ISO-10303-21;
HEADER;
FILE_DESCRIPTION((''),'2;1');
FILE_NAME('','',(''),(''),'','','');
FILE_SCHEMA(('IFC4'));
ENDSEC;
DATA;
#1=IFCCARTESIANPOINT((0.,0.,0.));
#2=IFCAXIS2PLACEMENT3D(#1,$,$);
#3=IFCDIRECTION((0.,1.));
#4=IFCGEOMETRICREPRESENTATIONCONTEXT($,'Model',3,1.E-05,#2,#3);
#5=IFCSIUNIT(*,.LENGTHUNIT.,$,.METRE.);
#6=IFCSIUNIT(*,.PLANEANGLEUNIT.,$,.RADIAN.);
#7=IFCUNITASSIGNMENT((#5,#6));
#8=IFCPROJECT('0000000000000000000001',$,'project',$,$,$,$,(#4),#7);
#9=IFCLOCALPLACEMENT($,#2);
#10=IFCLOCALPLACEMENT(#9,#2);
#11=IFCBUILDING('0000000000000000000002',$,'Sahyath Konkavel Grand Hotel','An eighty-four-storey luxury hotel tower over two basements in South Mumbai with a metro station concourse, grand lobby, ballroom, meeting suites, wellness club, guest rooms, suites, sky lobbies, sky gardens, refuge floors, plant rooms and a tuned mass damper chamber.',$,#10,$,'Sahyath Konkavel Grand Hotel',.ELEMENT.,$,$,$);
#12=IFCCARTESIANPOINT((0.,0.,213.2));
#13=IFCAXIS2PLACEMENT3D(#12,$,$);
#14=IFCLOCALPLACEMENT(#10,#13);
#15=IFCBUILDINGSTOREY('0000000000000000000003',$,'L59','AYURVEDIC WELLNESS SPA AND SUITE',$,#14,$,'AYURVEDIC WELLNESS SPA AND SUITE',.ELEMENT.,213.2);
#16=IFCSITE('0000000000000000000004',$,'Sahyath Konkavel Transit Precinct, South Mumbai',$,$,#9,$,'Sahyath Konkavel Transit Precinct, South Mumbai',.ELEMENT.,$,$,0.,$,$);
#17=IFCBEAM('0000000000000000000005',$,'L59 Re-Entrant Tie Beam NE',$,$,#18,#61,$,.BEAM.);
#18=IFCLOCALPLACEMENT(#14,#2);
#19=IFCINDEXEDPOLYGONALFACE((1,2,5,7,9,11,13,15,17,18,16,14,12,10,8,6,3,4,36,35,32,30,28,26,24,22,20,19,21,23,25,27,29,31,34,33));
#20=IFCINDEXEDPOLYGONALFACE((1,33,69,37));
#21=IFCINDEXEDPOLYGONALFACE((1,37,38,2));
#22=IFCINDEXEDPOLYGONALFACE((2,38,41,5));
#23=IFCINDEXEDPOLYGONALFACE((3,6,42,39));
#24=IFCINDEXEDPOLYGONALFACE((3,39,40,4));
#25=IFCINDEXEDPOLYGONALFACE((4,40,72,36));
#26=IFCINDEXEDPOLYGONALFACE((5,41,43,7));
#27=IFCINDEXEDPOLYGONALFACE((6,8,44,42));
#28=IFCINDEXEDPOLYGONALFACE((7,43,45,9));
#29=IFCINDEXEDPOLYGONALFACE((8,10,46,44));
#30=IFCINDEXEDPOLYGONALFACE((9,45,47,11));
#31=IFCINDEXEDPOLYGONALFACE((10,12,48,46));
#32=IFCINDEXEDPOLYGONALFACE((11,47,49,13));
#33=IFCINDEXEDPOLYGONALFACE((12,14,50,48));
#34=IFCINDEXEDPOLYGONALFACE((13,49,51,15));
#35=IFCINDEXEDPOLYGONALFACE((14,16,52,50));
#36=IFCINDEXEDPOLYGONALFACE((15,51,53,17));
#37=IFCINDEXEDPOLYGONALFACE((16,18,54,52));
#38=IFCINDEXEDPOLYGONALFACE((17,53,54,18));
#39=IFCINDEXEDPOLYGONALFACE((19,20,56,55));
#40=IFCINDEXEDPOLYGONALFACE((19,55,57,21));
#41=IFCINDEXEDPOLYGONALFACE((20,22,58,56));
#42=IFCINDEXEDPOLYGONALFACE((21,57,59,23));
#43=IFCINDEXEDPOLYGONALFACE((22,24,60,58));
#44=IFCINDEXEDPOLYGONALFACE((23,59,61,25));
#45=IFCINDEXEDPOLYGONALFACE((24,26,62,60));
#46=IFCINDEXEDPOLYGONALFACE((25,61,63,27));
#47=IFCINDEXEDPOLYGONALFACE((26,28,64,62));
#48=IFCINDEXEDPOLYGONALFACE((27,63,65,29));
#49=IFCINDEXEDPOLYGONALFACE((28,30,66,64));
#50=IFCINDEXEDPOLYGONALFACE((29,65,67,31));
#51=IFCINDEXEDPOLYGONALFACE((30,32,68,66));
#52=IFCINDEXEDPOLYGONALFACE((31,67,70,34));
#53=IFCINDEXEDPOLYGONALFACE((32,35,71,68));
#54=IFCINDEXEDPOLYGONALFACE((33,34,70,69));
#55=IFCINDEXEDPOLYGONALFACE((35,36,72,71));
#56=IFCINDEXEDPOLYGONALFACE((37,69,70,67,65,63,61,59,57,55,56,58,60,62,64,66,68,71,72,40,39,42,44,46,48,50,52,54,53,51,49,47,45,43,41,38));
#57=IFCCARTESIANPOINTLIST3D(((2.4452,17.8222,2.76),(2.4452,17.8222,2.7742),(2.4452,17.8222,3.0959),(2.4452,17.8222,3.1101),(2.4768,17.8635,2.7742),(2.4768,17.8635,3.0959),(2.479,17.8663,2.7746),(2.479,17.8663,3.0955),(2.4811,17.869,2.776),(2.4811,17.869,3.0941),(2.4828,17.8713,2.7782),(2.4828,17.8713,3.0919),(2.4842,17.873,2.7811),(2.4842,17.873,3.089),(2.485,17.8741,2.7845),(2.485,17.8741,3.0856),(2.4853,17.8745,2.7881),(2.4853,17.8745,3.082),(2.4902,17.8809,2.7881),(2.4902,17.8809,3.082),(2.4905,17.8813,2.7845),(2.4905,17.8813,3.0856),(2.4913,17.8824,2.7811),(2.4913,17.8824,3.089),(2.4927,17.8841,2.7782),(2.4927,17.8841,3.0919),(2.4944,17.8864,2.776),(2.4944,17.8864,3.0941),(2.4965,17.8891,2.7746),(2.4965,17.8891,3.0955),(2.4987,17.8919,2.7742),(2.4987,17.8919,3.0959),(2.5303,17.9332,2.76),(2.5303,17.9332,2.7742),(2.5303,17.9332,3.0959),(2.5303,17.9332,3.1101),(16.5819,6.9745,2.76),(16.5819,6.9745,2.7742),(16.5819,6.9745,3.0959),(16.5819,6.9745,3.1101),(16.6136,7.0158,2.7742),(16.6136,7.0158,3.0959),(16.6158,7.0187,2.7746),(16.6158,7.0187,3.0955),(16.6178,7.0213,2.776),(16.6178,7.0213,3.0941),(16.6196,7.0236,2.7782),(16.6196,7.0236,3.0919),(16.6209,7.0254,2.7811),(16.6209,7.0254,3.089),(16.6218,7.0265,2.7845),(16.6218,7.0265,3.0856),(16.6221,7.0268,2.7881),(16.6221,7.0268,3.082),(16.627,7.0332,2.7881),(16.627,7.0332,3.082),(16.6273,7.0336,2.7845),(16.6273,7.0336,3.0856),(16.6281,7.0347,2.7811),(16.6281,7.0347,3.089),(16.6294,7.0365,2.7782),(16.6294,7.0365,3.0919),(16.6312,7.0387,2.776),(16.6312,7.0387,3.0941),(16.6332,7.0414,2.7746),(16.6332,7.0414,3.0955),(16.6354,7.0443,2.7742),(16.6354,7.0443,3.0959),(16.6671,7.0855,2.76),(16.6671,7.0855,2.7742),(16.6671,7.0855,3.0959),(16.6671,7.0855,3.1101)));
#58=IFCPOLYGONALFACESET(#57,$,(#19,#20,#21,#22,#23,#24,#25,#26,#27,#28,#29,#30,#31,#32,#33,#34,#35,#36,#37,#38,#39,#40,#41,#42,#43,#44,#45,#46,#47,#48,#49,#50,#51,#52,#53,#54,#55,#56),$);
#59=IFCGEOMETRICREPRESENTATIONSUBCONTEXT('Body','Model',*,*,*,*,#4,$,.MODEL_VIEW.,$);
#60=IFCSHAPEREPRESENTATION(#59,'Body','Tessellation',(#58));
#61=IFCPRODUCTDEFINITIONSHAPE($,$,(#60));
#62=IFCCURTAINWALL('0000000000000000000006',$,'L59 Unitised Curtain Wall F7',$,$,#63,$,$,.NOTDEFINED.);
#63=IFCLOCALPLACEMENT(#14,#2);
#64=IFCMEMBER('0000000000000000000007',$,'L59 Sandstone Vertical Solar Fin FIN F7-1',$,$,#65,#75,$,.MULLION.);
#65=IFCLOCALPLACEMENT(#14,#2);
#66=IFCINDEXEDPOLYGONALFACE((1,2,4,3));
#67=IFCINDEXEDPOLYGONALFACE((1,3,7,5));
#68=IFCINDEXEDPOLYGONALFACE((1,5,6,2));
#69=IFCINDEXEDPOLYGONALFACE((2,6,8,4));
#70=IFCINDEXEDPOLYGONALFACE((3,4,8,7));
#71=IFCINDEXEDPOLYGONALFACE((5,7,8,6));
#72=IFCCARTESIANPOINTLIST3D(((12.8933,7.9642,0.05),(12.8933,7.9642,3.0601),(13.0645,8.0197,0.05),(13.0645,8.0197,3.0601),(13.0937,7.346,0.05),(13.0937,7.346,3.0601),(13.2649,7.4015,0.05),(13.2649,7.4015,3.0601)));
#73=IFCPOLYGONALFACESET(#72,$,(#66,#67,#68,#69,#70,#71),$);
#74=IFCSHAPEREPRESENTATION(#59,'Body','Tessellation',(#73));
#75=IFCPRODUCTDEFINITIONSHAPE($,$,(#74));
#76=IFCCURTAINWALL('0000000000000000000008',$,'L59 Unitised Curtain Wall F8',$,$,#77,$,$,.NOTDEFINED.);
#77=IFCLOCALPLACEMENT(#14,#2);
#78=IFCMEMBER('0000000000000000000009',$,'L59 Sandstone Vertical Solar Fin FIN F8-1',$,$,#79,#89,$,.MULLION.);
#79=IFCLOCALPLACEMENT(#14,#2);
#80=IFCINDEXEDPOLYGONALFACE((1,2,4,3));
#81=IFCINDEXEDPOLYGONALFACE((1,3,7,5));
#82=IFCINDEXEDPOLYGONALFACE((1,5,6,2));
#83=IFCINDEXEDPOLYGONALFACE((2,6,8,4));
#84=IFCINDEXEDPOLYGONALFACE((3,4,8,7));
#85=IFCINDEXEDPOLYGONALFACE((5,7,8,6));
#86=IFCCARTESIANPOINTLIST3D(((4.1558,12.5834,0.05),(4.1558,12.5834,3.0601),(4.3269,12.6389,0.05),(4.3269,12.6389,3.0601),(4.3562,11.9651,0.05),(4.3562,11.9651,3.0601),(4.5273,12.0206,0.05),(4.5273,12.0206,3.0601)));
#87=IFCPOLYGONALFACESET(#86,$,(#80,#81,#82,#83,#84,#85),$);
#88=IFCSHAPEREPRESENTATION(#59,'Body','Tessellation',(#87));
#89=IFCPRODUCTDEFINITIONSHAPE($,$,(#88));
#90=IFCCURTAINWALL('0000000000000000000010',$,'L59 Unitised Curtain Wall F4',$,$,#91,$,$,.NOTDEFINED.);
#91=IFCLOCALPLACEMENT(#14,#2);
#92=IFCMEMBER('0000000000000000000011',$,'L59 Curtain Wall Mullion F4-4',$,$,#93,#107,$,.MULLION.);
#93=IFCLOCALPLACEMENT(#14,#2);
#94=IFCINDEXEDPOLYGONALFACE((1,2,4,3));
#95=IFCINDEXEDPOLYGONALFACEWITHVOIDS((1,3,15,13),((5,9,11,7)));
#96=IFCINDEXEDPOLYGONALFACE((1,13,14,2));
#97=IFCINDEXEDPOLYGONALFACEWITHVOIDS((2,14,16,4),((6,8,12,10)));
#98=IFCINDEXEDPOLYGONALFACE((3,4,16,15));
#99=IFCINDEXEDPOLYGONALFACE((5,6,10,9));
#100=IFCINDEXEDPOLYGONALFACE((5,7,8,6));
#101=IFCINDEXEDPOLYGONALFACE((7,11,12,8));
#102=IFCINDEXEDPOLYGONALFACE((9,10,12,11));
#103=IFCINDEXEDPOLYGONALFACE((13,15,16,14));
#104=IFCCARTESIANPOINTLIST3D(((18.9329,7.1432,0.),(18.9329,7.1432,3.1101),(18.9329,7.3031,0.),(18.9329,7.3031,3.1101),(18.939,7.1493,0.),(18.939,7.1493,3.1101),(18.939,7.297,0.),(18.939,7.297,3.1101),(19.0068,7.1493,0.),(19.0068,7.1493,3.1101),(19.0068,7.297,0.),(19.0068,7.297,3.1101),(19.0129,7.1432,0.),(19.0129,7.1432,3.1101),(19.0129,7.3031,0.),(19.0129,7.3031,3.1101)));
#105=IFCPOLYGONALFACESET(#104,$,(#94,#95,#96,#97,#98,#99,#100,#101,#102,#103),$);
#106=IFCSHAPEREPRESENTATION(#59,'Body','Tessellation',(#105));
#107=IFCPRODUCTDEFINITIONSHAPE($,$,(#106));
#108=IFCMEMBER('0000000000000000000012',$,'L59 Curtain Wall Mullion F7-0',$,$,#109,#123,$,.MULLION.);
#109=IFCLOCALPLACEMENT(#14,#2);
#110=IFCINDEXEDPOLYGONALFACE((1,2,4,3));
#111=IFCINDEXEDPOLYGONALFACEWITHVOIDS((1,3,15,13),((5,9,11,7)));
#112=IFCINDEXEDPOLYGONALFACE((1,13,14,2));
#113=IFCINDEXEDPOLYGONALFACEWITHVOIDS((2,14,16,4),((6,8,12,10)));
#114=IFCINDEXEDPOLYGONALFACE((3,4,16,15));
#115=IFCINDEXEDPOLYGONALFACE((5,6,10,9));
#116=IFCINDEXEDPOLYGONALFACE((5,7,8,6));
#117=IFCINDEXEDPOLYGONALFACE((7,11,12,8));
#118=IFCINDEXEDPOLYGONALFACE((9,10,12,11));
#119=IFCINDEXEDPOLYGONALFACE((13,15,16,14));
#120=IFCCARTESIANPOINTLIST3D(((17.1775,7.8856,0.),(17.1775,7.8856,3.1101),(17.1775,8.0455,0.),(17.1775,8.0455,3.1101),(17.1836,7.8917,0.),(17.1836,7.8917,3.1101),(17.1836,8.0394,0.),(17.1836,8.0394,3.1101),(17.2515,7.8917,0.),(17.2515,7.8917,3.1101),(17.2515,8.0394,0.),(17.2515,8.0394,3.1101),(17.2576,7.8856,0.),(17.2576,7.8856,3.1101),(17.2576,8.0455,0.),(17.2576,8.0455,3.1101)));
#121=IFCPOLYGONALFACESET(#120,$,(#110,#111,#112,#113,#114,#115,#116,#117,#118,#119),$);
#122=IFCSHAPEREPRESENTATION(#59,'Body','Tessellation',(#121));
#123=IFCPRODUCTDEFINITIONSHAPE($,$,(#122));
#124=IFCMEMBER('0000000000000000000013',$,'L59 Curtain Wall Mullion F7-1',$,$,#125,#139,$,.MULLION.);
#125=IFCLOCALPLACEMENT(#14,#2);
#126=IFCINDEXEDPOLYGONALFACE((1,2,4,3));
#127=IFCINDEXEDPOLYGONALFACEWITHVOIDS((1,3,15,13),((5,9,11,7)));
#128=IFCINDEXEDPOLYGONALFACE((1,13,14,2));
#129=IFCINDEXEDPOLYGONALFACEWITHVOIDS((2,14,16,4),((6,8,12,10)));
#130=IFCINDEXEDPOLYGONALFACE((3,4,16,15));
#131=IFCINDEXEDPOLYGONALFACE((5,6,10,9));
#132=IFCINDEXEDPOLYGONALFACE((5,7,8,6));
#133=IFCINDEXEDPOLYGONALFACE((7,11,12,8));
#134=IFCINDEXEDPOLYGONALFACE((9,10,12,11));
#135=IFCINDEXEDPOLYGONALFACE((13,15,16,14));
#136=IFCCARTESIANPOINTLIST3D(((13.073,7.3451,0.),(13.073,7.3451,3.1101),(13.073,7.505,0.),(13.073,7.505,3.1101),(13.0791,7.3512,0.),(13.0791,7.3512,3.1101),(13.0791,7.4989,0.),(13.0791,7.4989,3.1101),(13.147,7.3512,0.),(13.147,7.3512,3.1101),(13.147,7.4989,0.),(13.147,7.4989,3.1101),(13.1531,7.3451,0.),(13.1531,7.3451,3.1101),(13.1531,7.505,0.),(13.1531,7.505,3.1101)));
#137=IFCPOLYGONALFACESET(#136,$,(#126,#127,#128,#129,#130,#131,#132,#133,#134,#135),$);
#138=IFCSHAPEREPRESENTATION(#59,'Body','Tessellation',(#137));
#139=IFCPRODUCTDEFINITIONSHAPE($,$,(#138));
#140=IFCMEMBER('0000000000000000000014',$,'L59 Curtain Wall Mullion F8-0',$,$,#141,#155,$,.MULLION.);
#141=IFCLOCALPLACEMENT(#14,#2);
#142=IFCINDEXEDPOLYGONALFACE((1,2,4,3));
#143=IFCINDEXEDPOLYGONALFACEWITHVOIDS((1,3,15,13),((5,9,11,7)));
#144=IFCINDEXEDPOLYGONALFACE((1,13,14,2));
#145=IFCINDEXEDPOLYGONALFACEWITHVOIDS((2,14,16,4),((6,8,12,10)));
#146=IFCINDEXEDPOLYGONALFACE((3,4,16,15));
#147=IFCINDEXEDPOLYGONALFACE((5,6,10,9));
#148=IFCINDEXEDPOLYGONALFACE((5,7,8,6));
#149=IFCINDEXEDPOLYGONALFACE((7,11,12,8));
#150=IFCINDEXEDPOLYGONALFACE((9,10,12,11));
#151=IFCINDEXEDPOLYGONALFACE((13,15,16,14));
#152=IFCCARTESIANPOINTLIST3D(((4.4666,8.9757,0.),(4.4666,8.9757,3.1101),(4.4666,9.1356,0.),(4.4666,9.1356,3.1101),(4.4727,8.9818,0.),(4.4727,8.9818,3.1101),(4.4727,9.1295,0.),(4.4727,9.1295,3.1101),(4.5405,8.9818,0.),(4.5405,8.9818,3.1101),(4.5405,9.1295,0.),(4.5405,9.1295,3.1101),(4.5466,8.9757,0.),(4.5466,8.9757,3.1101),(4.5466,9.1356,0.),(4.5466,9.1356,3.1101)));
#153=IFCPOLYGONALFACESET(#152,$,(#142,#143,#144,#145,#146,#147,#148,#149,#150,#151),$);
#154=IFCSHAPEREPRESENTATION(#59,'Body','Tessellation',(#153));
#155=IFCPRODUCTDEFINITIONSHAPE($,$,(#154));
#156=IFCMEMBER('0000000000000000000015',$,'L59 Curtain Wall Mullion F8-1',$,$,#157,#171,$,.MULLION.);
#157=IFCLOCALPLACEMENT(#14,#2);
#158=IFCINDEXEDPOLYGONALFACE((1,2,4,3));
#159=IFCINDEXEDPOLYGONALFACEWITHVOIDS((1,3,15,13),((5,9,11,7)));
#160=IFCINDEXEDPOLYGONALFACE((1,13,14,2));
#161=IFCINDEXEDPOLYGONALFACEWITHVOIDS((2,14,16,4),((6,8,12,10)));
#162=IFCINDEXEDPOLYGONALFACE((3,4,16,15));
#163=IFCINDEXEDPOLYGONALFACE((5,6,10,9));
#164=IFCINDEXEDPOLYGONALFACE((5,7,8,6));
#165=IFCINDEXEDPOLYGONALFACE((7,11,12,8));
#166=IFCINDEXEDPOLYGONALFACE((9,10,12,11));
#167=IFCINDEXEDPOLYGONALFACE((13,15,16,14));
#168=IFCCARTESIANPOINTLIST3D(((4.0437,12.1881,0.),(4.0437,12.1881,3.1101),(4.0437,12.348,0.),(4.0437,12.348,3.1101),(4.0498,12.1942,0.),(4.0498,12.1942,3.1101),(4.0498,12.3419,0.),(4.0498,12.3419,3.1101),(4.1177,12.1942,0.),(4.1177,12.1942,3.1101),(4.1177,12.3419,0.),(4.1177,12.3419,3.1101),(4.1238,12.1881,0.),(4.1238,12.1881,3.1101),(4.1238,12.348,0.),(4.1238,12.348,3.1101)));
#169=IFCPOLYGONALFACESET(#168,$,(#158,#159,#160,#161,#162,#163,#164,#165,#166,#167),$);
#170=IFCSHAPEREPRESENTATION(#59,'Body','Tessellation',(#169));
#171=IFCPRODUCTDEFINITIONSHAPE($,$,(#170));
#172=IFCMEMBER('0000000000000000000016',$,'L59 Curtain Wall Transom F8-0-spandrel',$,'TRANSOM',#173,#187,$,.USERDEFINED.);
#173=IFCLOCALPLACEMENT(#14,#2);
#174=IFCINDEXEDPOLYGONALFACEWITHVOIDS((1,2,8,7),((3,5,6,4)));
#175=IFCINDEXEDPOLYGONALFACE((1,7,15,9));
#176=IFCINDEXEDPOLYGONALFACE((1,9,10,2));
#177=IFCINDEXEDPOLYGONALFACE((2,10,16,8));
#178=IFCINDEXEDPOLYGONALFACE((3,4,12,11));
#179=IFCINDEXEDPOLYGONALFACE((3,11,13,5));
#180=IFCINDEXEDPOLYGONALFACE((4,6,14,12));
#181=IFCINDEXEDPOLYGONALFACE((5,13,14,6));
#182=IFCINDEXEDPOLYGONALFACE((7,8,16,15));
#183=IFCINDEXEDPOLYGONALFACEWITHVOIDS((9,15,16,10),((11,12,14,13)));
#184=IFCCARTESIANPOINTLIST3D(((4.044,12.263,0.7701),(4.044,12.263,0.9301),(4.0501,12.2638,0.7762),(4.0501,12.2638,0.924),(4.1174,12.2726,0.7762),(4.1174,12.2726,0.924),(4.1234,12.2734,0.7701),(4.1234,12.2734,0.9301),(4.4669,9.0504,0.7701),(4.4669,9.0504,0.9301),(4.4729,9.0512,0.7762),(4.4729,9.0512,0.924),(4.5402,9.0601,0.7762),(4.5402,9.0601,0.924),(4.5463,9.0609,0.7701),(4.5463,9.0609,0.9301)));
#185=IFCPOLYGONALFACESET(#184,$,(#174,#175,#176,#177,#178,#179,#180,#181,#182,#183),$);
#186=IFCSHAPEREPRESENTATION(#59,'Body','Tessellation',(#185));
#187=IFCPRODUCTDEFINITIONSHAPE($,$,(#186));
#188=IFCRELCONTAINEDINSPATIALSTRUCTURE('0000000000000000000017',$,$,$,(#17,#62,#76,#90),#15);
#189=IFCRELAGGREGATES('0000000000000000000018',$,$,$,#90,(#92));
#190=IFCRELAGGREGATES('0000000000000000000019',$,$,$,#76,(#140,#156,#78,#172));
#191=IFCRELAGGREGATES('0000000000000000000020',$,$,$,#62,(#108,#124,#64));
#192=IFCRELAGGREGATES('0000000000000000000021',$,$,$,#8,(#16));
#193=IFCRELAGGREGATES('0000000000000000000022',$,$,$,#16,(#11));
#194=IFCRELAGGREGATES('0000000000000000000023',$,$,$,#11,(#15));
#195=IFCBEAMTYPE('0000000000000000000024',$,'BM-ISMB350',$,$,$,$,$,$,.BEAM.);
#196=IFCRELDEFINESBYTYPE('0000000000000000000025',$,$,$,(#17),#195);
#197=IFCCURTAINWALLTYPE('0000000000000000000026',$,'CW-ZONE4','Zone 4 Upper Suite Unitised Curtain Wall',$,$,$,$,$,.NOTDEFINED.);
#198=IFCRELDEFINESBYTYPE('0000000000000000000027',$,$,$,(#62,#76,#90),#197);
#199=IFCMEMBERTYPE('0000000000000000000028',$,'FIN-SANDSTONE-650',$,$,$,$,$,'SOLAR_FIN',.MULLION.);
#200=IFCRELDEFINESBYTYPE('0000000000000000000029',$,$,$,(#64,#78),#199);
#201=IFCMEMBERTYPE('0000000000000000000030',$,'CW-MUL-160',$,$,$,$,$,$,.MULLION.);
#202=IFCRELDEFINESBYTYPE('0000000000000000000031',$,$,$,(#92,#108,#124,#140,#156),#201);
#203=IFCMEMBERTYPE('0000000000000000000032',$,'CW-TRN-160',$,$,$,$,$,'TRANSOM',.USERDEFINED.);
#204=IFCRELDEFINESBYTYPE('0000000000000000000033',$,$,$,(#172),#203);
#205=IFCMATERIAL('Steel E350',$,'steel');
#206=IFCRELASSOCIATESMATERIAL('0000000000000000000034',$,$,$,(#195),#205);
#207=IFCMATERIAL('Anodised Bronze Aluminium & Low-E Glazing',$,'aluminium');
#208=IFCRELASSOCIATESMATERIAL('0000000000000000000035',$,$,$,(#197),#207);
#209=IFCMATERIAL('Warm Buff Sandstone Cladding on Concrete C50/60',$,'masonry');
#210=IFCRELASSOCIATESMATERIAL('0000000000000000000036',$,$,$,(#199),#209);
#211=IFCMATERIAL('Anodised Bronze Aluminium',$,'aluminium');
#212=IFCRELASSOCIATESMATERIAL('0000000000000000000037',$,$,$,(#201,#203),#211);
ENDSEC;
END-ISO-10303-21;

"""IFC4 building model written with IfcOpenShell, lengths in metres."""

from ifc_helpers import new_model, si_unit, direction, frame, origin, origin_2d, place, context, subcontext, project, spatial, rectangle, hollow_rectangle, i_section, extrude, source, transform, mapped, material, material_profile, profile_set, type_object, element, aggregate, save


model = new_model("IFC4")

# Units and contexts
model_context = context("Model", 3, precision=1e-05, world=origin(), true_north=direction((0.0, 1.0)))
body_context = subcontext(model_context, "Body", "Model", "MODEL_VIEW")
ifc_project = project(units=[si_unit("LENGTHUNIT", "METRE"), si_unit("PLANEANGLEUNIT", "RADIAN")], contexts=[model_context])

# Site, building, storey
site_placement = place(None, origin())
site = spatial("IfcSite", under=ifc_project, at=site_placement, Name="Sahyath Konkavel Transit Precinct, South Mumbai", LongName="Sahyath Konkavel Transit Precinct, South Mumbai", CompositionType="ELEMENT", RefElevation=0.0)
building_placement = place(site_placement, origin())
building = spatial("IfcBuilding", under=site, at=building_placement, Name="Sahyath Konkavel Grand Hotel", Description="An eighty-four-storey luxury hotel tower over two basements in South Mumbai with a metro station concourse, grand lobby, ballroom, meeting suites, wellness club, guest rooms, suites, sky lobbies, sky gardens, refuge floors, plant rooms and a tuned mass damper chamber.", LongName="Sahyath Konkavel Grand Hotel", CompositionType="ELEMENT")
storey_placement = place(building_placement, frame((0.0, 0.0, 213.2)))
storey = spatial("IfcBuildingStorey", under=building, at=storey_placement, Name="L59", Description="AYURVEDIC WELLNESS SPA AND SUITE", LongName="AYURVEDIC WELLNESS SPA AND SUITE", CompositionType="ELEMENT", Elevation=213.2)

# Beam
ifc_material_1 = material(Name="Steel E350", Category="steel")
ifc_material_profile_1 = material_profile(ifc_material_1, i_section(OverallWidth=0.1399, OverallDepth=0.3501, WebThickness=0.0081, FlangeThickness=0.0142, FilletRadius=0.0139, at=origin_2d()), Name="ISMB 350")
ifc_profile_set_1 = profile_set([ifc_material_profile_1], Name="Steel E350")
beam_type = type_object("IfcBeamType", Name="BM-ISMB350", PredefinedType="BEAM", material=ifc_profile_set_1)
shared_shape_1 = source(origin(), body_context, "Body", "SweptSolid", [
    extrude(i_section(OverallWidth=0.1399, OverallDepth=0.3501, WebThickness=0.0081, FlangeThickness=0.0142, FilletRadius=0.0139, at=origin_2d()), origin(), (0.0, 0.0, 1.0), 17.8191),
])
beam_placement = place(storey_placement, frame((16.6245, 7.03, 2.9351), z_axis=(-0.793349, 0.608767, 0.0), x_axis=(-0.608767, -0.793349, 0.0)))
element("IfcBeam", 1, at=beam_placement, inside=storey, type_object=beam_type, Name="L59 Re-Entrant Tie Beam NE", PredefinedType="BEAM", context=body_context, shape_type="MappedRepresentation", body=[
    mapped(shared_shape_1, transform((0.0, 0.0, 0.0), scale=1.0)),
])

# Curtain walls, members
ifc_material_2 = material(Name="Anodised Bronze Aluminium & Low-E Glazing", Category="aluminium")
curtain_wall_type = type_object("IfcCurtainWallType", Name="CW-ZONE4", Description="Zone 4 Upper Suite Unitised Curtain Wall", PredefinedType="NOTDEFINED", material=ifc_material_2)
curtain_wall_1_placement = place(storey_placement, origin())
curtain_wall_1 = element("IfcCurtainWall", 2, at=curtain_wall_1_placement, inside=storey, type_object=curtain_wall_type, Name="L59 Unitised Curtain Wall F7", PredefinedType="NOTDEFINED")
ifc_material_3 = material(Name="Warm Buff Sandstone Cladding on Concrete C50/60", Category="masonry")
ifc_material_profile_2 = material_profile(ifc_material_3, rectangle(XDim=0.1799, YDim=0.6499, at=origin_2d()), Name="FIN 180x650")
ifc_profile_set_2 = profile_set([ifc_material_profile_2], Name="Warm Buff Sandstone Cladding on Concrete C50/60")
member_type_1 = type_object("IfcMemberType", Name="FIN-SANDSTONE-650", ElementType="SOLAR_FIN", PredefinedType="MULLION", material=ifc_profile_set_2)
shared_shape_2 = source(origin(), body_context, "Body", "SweptSolid", [
    extrude(rectangle(XDim=0.1799, YDim=0.6499, at=origin_2d()), origin(), (0.0, 0.0, 1.0), 3.01),
])
member_1_placement = place(storey_placement, frame((13.0791, 7.6829, 0.05), z_axis=(0.0, 0.0, 1.0), x_axis=(0.951272, 0.308353, 0.0)))
member_1 = element("IfcMember", 3, at=member_1_placement, type_object=member_type_1, Name="L59 Sandstone Vertical Solar Fin FIN F7-1", PredefinedType="MULLION", context=body_context, shape_type="MappedRepresentation", body=[
    mapped(shared_shape_2, transform((0.0, 0.0, 0.0), scale=1.0)),
])
curtain_wall_2_placement = place(storey_placement, origin())
curtain_wall_2 = element("IfcCurtainWall", 4, at=curtain_wall_2_placement, inside=storey, type_object=curtain_wall_type, Name="L59 Unitised Curtain Wall F8", PredefinedType="NOTDEFINED")
member_2_placement = place(storey_placement, frame((4.3416, 12.302, 0.05), z_axis=(0.0, 0.0, 1.0), x_axis=(0.951272, 0.308353, 0.0)))
member_2 = element("IfcMember", 5, at=member_2_placement, type_object=member_type_1, Name="L59 Sandstone Vertical Solar Fin FIN F8-1", PredefinedType="MULLION", context=body_context, shape_type="MappedRepresentation", body=[
    mapped(shared_shape_2, transform((0.0, 0.0, 0.0), scale=1.0)),
])
curtain_wall_3_placement = place(storey_placement, origin())
curtain_wall_3 = element("IfcCurtainWall", 6, at=curtain_wall_3_placement, inside=storey, type_object=curtain_wall_type, Name="L59 Unitised Curtain Wall F4", PredefinedType="NOTDEFINED")
ifc_material_4 = material(Name="Anodised Bronze Aluminium", Category="aluminium")
ifc_material_profile_3 = material_profile(ifc_material_4, hollow_rectangle(XDim=0.0801, YDim=0.1599, WallThickness=0.0061, at=origin_2d()), Name="RHS 160x80x6")
ifc_profile_set_3 = profile_set([ifc_material_profile_3], Name="Anodised Bronze Aluminium")
member_type_2 = type_object("IfcMemberType", Name="CW-MUL-160", PredefinedType="MULLION", material=ifc_profile_set_3)
shared_shape_3 = source(origin(), body_context, "Body", "SweptSolid", [
    extrude(hollow_rectangle(XDim=0.0801, YDim=0.1599, WallThickness=0.0061, at=origin_2d()), origin(), (0.0, 0.0, 1.0), 3.1101),
])
member_3_placement = place(storey_placement, frame((18.9729, 7.2231, 0.0), z_axis=(0.0, 0.0, 1.0), x_axis=(1.0, 0.0, 0.0)))
member_3 = element("IfcMember", 7, at=member_3_placement, type_object=member_type_2, Name="L59 Curtain Wall Mullion F4-4", PredefinedType="MULLION", context=body_context, shape_type="MappedRepresentation", body=[
    mapped(shared_shape_3, transform((0.0, 0.0, 0.0), scale=1.0)),
])
aggregate(curtain_wall_3, [member_3])

# Members
member_4_placement = place(storey_placement, frame((17.2175, 7.9656, 0.0), z_axis=(0.0, 0.0, 1.0), x_axis=(1.0, 0.0, 0.0)))
member_4 = element("IfcMember", 8, at=member_4_placement, type_object=member_type_2, Name="L59 Curtain Wall Mullion F7-0", PredefinedType="MULLION", context=body_context, shape_type="MappedRepresentation", body=[
    mapped(shared_shape_3, transform((0.0, 0.0, 0.0), scale=1.0)),
])
member_5_placement = place(storey_placement, frame((13.113, 7.425, 0.0), z_axis=(0.0, 0.0, 1.0), x_axis=(1.0, 0.0, 0.0)))
member_5 = element("IfcMember", 9, at=member_5_placement, type_object=member_type_2, Name="L59 Curtain Wall Mullion F7-1", PredefinedType="MULLION", context=body_context, shape_type="MappedRepresentation", body=[
    mapped(shared_shape_3, transform((0.0, 0.0, 0.0), scale=1.0)),
])
member_6_placement = place(storey_placement, frame((4.5066, 9.0557, 0.0), z_axis=(0.0, 0.0, 1.0), x_axis=(1.0, 0.0, 0.0)))
member_6 = element("IfcMember", 10, at=member_6_placement, type_object=member_type_2, Name="L59 Curtain Wall Mullion F8-0", PredefinedType="MULLION", context=body_context, shape_type="MappedRepresentation", body=[
    mapped(shared_shape_3, transform((0.0, 0.0, 0.0), scale=1.0)),
])
member_7_placement = place(storey_placement, frame((4.0837, 12.2681, 0.0), z_axis=(0.0, 0.0, 1.0), x_axis=(1.0, 0.0, 0.0)))
member_7 = element("IfcMember", 11, at=member_7_placement, type_object=member_type_2, Name="L59 Curtain Wall Mullion F8-1", PredefinedType="MULLION", context=body_context, shape_type="MappedRepresentation", body=[
    mapped(shared_shape_3, transform((0.0, 0.0, 0.0), scale=1.0)),
])
ifc_material_profile_4 = material_profile(ifc_material_4, hollow_rectangle(XDim=0.0801, YDim=0.1599, WallThickness=0.0061, at=origin_2d()), Name="RHS 160x80x6")
ifc_profile_set_4 = profile_set([ifc_material_profile_4], Name="Anodised Bronze Aluminium")
member_type_3 = type_object("IfcMemberType", Name="CW-TRN-160", ElementType="TRANSOM", PredefinedType="USERDEFINED", material=ifc_profile_set_4)
shared_shape_4 = source(origin(), body_context, "Body", "SweptSolid", [
    extrude(hollow_rectangle(XDim=0.0801, YDim=0.1599, WallThickness=0.0061, at=origin_2d()), origin(), (0.0, 0.0, 1.0), 3.2402),
])
member_8_placement = place(storey_placement, frame((4.5066, 9.0557, 0.8501), z_axis=(-0.130505, 0.991448, 0.0), x_axis=(-0.991448, -0.130505, 0.0)))
member_8 = element("IfcMember", 12, at=member_8_placement, type_object=member_type_3, Name="L59 Curtain Wall Transom F8-0-spandrel", ObjectType="TRANSOM", PredefinedType="USERDEFINED", context=body_context, shape_type="MappedRepresentation", body=[
    mapped(shared_shape_4, transform((0.0, 0.0, 0.0), scale=1.0)),
])

aggregate(curtain_wall_2, [member_6, member_7, member_2, member_8])
aggregate(curtain_wall_1, [member_4, member_5, member_1])

save(model, "model.ifc")
